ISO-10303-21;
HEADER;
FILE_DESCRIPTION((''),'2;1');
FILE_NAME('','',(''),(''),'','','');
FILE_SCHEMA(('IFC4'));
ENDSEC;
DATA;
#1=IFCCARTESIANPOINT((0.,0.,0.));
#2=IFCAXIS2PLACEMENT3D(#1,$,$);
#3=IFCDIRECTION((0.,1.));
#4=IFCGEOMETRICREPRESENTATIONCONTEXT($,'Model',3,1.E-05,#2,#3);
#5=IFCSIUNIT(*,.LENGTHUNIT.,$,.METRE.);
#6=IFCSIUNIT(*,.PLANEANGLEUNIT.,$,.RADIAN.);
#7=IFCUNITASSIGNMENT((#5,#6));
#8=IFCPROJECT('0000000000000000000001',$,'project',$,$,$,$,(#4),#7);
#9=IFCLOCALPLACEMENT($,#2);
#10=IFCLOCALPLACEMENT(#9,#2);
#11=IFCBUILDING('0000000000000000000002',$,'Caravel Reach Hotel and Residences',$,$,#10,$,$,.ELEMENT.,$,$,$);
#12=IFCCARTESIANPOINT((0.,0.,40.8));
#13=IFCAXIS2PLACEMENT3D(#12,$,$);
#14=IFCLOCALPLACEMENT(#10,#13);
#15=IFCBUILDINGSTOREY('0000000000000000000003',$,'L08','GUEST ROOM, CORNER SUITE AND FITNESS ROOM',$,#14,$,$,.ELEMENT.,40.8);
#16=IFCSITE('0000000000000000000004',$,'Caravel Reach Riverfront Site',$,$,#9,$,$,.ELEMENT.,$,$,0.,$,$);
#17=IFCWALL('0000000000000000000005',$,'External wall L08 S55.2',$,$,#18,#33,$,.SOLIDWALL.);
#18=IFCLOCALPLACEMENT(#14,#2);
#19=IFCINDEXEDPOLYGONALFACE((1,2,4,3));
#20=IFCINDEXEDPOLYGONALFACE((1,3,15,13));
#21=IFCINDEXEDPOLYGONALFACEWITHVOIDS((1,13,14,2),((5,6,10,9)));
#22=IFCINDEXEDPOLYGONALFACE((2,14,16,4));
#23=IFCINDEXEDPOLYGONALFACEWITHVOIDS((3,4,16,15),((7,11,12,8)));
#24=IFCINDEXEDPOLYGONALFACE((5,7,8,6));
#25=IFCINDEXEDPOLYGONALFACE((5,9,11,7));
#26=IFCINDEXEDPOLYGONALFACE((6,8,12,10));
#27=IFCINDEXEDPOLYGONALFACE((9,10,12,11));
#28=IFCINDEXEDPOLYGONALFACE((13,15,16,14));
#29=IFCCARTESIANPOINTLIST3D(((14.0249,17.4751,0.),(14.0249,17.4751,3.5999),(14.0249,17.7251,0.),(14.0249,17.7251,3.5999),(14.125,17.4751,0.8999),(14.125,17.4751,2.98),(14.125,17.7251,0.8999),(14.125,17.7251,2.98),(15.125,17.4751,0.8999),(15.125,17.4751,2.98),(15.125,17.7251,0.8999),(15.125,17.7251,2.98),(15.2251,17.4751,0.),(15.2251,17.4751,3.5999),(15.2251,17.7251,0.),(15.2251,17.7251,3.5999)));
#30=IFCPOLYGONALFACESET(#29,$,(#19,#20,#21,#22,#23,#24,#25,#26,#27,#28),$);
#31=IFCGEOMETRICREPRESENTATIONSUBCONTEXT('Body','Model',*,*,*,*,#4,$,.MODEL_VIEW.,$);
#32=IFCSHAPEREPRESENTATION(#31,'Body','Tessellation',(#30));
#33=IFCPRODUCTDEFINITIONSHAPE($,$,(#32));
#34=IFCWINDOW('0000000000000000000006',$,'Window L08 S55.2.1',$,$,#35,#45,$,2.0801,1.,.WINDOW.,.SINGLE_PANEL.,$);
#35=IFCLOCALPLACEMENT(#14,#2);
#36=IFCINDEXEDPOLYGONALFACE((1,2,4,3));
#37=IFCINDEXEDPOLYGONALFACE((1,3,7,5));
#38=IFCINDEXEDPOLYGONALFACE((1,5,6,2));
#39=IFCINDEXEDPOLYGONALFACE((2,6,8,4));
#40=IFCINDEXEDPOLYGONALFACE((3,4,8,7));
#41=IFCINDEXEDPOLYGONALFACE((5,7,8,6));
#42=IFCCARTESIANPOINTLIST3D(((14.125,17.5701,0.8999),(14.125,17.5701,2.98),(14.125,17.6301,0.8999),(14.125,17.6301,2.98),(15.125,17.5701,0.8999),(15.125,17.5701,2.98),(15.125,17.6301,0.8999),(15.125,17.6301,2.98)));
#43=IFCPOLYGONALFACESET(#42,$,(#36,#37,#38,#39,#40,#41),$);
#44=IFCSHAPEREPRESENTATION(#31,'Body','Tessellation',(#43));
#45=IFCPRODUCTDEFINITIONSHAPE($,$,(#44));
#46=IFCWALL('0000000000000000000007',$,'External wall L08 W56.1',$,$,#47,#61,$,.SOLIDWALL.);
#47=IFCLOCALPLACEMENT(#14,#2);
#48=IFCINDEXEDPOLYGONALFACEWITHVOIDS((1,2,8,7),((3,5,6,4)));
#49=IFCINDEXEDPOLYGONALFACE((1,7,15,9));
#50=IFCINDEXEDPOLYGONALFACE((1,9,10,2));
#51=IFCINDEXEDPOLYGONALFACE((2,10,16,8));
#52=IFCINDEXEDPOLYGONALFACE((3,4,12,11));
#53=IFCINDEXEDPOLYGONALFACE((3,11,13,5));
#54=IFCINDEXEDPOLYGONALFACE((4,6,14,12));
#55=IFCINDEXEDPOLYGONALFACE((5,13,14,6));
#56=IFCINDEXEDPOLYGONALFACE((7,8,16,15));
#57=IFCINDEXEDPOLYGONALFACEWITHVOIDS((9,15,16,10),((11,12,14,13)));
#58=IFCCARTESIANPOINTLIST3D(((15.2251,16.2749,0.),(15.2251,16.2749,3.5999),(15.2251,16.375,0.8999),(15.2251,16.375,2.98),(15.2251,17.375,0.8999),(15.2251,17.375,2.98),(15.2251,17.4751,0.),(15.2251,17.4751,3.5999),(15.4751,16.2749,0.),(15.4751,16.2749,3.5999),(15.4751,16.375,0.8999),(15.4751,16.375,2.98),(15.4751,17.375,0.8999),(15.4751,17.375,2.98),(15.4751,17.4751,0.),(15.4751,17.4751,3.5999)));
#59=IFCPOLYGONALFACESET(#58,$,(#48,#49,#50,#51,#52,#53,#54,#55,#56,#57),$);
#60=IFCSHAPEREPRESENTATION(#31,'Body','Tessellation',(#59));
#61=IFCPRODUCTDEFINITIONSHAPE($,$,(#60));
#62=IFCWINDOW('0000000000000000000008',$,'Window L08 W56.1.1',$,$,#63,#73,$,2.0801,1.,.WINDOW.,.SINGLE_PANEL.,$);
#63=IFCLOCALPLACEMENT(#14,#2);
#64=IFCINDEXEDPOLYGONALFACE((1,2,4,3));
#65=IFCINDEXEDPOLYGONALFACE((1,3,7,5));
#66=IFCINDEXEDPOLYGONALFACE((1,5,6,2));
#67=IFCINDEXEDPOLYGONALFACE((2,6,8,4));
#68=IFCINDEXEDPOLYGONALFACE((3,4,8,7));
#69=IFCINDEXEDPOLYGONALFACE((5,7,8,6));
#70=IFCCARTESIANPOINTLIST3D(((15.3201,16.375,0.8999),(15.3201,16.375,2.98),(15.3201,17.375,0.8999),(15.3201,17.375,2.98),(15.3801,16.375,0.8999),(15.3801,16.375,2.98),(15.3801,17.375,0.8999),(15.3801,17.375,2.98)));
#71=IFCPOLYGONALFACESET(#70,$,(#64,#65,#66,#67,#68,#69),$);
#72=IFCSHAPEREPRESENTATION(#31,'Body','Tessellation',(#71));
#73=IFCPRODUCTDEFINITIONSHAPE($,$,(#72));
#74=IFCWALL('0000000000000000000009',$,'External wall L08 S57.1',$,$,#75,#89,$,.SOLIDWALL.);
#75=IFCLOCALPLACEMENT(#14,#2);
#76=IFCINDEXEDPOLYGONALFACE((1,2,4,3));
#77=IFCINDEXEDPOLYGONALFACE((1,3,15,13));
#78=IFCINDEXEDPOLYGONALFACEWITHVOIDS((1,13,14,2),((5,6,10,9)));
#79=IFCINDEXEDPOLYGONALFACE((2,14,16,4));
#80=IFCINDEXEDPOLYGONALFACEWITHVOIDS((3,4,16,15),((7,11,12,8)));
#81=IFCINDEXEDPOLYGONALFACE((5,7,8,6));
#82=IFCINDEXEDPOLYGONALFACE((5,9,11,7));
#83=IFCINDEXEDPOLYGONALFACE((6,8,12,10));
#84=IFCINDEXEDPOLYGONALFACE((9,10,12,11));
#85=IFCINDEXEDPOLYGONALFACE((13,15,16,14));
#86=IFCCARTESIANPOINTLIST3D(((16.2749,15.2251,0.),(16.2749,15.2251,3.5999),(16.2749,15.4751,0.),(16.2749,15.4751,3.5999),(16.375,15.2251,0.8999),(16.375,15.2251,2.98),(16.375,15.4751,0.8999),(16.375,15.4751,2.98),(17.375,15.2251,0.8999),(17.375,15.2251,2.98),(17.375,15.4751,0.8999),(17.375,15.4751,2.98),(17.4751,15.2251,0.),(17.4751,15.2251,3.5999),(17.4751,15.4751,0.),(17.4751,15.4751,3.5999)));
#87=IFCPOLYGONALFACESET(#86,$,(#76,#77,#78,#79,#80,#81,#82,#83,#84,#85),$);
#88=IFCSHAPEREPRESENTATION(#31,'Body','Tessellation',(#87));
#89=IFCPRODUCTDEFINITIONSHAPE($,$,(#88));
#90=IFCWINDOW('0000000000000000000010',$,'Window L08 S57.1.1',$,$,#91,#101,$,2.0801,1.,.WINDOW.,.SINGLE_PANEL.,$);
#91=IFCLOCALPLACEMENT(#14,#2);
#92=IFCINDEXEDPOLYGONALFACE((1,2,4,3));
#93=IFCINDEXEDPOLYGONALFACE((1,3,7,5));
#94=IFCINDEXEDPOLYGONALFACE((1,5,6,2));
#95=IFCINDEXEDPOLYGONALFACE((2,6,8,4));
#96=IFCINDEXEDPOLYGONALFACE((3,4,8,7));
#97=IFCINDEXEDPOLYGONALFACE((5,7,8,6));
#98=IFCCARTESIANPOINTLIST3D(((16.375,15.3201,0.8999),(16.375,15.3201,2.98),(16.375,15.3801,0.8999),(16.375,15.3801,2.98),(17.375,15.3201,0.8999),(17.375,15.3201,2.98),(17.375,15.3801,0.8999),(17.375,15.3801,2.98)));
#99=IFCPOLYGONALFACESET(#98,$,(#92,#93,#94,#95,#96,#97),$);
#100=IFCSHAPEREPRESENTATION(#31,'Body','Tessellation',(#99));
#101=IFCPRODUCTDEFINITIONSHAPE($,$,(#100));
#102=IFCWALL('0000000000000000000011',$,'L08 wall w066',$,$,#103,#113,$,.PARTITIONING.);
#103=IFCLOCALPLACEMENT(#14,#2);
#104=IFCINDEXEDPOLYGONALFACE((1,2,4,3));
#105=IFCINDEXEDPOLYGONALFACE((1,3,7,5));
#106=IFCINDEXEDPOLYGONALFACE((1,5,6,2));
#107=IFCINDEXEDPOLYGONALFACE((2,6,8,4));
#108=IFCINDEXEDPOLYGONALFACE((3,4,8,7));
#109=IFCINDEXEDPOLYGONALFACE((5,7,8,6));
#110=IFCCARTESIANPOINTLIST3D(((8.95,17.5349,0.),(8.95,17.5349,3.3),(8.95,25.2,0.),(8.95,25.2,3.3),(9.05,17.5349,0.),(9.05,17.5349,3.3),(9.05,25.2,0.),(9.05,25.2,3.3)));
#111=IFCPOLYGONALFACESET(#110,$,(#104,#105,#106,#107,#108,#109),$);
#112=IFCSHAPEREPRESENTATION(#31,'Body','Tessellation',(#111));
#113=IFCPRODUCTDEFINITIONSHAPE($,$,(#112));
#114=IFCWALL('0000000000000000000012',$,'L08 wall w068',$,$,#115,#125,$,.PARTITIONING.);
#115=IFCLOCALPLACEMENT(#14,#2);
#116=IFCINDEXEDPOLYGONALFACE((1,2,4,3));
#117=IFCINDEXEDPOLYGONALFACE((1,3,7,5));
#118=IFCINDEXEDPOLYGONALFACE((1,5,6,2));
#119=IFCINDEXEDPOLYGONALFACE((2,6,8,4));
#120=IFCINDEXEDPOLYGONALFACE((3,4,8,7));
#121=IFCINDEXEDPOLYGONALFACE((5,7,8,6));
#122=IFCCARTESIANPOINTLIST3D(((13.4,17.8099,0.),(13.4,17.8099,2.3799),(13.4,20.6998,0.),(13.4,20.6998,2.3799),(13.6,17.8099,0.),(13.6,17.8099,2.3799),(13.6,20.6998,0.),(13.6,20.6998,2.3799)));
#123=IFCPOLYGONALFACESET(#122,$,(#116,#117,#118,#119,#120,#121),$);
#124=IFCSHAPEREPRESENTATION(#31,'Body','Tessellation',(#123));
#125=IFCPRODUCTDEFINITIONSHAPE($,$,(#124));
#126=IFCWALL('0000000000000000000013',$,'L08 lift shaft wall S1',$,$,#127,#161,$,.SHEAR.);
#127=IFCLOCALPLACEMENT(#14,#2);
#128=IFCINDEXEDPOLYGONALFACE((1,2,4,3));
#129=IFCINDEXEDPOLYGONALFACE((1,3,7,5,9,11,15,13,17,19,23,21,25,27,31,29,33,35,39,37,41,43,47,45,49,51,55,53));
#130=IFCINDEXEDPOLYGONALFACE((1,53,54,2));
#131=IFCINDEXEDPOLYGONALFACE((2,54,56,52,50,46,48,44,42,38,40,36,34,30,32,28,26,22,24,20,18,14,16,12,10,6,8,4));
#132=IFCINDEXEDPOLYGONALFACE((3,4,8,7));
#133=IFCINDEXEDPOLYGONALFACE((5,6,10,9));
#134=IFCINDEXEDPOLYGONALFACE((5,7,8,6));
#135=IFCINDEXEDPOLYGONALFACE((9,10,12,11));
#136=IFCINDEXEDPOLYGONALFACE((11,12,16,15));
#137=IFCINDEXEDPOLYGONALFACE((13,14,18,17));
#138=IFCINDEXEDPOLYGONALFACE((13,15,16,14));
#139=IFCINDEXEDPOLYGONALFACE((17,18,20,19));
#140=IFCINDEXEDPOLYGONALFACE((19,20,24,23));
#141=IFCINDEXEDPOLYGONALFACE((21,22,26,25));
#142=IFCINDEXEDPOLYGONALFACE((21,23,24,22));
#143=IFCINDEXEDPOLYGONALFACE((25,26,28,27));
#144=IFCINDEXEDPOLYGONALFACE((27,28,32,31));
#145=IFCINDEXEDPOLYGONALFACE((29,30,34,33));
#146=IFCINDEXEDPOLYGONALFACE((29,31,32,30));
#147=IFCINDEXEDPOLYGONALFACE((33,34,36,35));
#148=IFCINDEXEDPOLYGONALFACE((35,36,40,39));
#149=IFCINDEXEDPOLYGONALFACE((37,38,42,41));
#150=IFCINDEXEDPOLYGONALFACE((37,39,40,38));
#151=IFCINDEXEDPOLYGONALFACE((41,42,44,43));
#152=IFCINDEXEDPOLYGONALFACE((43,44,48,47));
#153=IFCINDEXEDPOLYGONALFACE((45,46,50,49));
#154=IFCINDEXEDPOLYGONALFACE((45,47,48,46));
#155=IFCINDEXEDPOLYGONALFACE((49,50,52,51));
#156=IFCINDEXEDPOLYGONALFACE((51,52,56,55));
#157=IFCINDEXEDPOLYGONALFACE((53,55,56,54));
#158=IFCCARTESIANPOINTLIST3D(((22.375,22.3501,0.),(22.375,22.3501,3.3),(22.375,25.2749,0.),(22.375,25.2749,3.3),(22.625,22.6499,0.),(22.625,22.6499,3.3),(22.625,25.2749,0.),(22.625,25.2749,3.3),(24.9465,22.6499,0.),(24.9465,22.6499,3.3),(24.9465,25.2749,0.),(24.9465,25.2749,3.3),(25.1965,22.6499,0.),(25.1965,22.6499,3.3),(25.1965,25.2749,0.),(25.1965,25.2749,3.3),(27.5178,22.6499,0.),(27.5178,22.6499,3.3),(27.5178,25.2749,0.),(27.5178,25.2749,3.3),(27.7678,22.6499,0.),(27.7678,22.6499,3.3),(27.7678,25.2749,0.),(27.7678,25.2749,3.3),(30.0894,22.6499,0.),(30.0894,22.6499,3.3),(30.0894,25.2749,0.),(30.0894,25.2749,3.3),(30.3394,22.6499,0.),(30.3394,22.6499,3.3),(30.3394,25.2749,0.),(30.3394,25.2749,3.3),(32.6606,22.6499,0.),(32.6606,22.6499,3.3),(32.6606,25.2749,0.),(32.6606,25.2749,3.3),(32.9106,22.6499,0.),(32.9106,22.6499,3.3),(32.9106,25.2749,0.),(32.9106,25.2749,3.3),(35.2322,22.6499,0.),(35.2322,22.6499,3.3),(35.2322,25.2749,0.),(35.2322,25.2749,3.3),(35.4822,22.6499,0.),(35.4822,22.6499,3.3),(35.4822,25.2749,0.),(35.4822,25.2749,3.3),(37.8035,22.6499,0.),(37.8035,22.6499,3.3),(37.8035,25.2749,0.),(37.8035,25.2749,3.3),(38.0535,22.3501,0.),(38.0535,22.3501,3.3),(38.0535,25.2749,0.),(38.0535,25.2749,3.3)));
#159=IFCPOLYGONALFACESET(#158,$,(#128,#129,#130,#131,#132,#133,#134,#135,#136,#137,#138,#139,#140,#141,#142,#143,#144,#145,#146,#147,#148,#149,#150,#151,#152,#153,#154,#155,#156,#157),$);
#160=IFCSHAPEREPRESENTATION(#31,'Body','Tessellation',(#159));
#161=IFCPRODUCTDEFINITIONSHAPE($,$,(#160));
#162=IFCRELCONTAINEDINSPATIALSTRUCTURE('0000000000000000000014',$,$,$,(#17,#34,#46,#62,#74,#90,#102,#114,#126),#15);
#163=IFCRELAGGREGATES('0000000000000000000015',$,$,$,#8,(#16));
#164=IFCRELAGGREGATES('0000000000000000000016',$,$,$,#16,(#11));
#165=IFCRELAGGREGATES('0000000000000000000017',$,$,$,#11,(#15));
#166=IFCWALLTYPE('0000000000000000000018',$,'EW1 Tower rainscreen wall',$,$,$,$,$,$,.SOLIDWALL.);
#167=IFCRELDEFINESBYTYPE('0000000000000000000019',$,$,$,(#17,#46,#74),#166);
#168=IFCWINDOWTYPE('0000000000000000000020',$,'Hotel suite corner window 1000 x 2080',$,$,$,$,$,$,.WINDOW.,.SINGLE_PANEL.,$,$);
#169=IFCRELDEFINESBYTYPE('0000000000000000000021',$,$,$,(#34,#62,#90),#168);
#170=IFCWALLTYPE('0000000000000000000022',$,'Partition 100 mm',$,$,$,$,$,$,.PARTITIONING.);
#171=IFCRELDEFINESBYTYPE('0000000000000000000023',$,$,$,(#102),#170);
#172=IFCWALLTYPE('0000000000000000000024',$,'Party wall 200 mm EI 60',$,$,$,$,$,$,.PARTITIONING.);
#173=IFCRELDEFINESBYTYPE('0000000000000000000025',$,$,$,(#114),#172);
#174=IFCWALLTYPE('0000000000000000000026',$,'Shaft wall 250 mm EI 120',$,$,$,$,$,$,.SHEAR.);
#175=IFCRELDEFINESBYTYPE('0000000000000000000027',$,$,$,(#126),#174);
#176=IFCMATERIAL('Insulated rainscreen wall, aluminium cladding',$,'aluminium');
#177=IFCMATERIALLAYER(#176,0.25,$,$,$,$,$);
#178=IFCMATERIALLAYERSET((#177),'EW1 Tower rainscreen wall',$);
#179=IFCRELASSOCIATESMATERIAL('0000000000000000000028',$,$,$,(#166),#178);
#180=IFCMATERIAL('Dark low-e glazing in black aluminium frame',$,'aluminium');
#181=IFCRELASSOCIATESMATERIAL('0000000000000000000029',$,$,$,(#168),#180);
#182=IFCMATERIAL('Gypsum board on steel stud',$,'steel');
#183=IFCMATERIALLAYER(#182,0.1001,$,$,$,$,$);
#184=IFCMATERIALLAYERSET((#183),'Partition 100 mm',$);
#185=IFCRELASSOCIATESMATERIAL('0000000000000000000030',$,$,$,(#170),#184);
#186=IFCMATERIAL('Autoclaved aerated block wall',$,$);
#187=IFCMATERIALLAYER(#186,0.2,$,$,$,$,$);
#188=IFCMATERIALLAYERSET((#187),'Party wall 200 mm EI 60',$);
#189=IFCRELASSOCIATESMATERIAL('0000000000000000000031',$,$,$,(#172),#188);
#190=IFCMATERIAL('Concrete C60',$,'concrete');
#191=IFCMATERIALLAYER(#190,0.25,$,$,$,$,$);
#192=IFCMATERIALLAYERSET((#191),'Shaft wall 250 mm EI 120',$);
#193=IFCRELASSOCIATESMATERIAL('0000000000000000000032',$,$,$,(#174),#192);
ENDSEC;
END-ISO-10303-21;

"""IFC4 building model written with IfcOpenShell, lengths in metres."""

from ifc_helpers import new_model, si_unit, direction, frame, frame_2d, origin, place, context, subcontext, project, spatial, polyline, rectangle, outline, extrude, material, layer, layer_set, type_object, element, fill, save


model = new_model("IFC4")

# Units and contexts
model_context = context("Model", 3, precision=1e-05, world=origin(), true_north=direction((0.0, 1.0)))
body_context = subcontext(model_context, "Body", "Model", "MODEL_VIEW")
ifc_project = project(units=[si_unit("LENGTHUNIT", "METRE"), si_unit("PLANEANGLEUNIT", "RADIAN")], contexts=[model_context])

# Site, building, storey
site_placement = place(None, origin())
site = spatial("IfcSite", under=ifc_project, at=site_placement, Name="Caravel Reach Riverfront Site", CompositionType="ELEMENT", RefElevation=0.0)
building_placement = place(site_placement, origin())
building = spatial("IfcBuilding", under=site, at=building_placement, Name="Caravel Reach Hotel and Residences", CompositionType="ELEMENT")
storey_placement = place(building_placement, frame((0.0, 0.0, 40.8)))
storey = spatial("IfcBuildingStorey", under=building, at=storey_placement, Name="L08", Description="GUEST ROOM, CORNER SUITE AND FITNESS ROOM", CompositionType="ELEMENT", Elevation=40.8)

# Shared definitions
ifc_material_1 = material(Name="Insulated rainscreen wall, aluminium cladding", Category="aluminium")
ifc_layer_1 = layer(ifc_material_1, 0.25)
ifc_layer_set_1 = layer_set([ifc_layer_1], Name="EW1 Tower rainscreen wall")
wall_type_1 = type_object("IfcWallType", Name="EW1 Tower rainscreen wall", PredefinedType="SOLIDWALL", material=ifc_layer_set_1)

# Walls, openings, windows
wall_1_placement = place(storey_placement, frame((14.0249, 17.6001, 0.0), z_axis=(0.0, 0.0, 1.0), x_axis=(1.0, 0.0, 0.0)))
wall_1 = element("IfcWall", 1, at=wall_1_placement, inside=storey, type_object=wall_type_1, Name="External wall L08 S55.2", PredefinedType="SOLIDWALL", context=body_context, shape_type="SweptSolid", body=[
    extrude(rectangle(XDim=1.2002, YDim=0.25, at=frame_2d((0.6001, 0.0))), origin(), (0.0, 0.0, 1.0), 3.5999),
])
opening_1_placement = place(wall_1_placement, frame((0.1001, 0.0, 0.8999)))
opening_1 = element("IfcOpeningElement", 2, at=opening_1_placement, cuts=wall_1, PredefinedType="OPENING", context=body_context, shape_type="SweptSolid", body=[
    extrude(rectangle(XDim=1.0, YDim=2.0801, at=frame_2d((0.5, 1.04))), frame((0.0, 0.135, 0.0), z_axis=(0.0, -1.0, 0.0), x_axis=(1.0, 0.0, 0.0)), (0.0, 0.0, 1.0), 0.27),
])
ifc_material_2 = material(Name="Dark low-e glazing in black aluminium frame", Category="aluminium")
window_type_1 = type_object("IfcWindowType", Name="Hotel suite corner window 1000 x 2080", PartitioningType="SINGLE_PANEL", PredefinedType="WINDOW", material=ifc_material_2)
window_1_placement = place(opening_1_placement, origin())
window_1 = element("IfcWindow", 3, at=window_1_placement, inside=storey, type_object=window_type_1, Name="Window L08 S55.2.1", OverallHeight=2.0801, OverallWidth=1.0, PartitioningType="SINGLE_PANEL", PredefinedType="WINDOW", context=body_context, shape_type="SweptSolid", body=[
    extrude(rectangle(XDim=1.0, YDim=2.0801, at=frame_2d((0.5, 1.04))), frame((0.0, 0.03, 0.0), z_axis=(0.0, -1.0, 0.0), x_axis=(1.0, 0.0, 0.0)), (0.0, 0.0, 1.0), 0.0601),
])
fill(opening_1, window_1)
wall_2_placement = place(storey_placement, frame((15.3501, 17.4751, 0.0), z_axis=(0.0, 0.0, 1.0), x_axis=(0.0, -1.0, 0.0)))
wall_2 = element("IfcWall", 4, at=wall_2_placement, inside=storey, type_object=wall_type_1, Name="External wall L08 W56.1", PredefinedType="SOLIDWALL", context=body_context, shape_type="SweptSolid", body=[
    extrude(rectangle(XDim=1.2002, YDim=0.25, at=frame_2d((0.6001, 0.0))), origin(), (0.0, 0.0, 1.0), 3.5999),
])
opening_2_placement = place(wall_2_placement, frame((0.1001, 0.0, 0.8999)))
opening_2 = element("IfcOpeningElement", 5, at=opening_2_placement, cuts=wall_2, PredefinedType="OPENING", context=body_context, shape_type="SweptSolid", body=[
    extrude(rectangle(XDim=1.0, YDim=2.0801, at=frame_2d((0.5, 1.04))), frame((0.0, 0.135, 0.0), z_axis=(0.0, -1.0, 0.0), x_axis=(1.0, 0.0, 0.0)), (0.0, 0.0, 1.0), 0.27),
])
window_2_placement = place(opening_2_placement, origin())
window_2 = element("IfcWindow", 6, at=window_2_placement, inside=storey, type_object=window_type_1, Name="Window L08 W56.1.1", OverallHeight=2.0801, OverallWidth=1.0, PartitioningType="SINGLE_PANEL", PredefinedType="WINDOW", context=body_context, shape_type="SweptSolid", body=[
    extrude(rectangle(XDim=1.0, YDim=2.0801, at=frame_2d((0.5, 1.04))), frame((0.0, 0.03, 0.0), z_axis=(0.0, -1.0, 0.0), x_axis=(1.0, 0.0, 0.0)), (0.0, 0.0, 1.0), 0.0601),
])
fill(opening_2, window_2)
wall_3_placement = place(storey_placement, frame((16.2749, 15.3501, 0.0), z_axis=(0.0, 0.0, 1.0), x_axis=(1.0, 0.0, 0.0)))
wall_3 = element("IfcWall", 7, at=wall_3_placement, inside=storey, type_object=wall_type_1, Name="External wall L08 S57.1", PredefinedType="SOLIDWALL", context=body_context, shape_type="SweptSolid", body=[
    extrude(rectangle(XDim=1.2002, YDim=0.25, at=frame_2d((0.6001, 0.0))), origin(), (0.0, 0.0, 1.0), 3.5999),
])
opening_3_placement = place(wall_3_placement, frame((0.1001, 0.0, 0.8999)))
opening_3 = element("IfcOpeningElement", 8, at=opening_3_placement, cuts=wall_3, PredefinedType="OPENING", context=body_context, shape_type="SweptSolid", body=[
    extrude(rectangle(XDim=1.0, YDim=2.0801, at=frame_2d((0.5, 1.04))), frame((0.0, 0.135, 0.0), z_axis=(0.0, -1.0, 0.0), x_axis=(1.0, 0.0, 0.0)), (0.0, 0.0, 1.0), 0.27),
])
window_3_placement = place(opening_3_placement, origin())
window_3 = element("IfcWindow", 9, at=window_3_placement, inside=storey, type_object=window_type_1, Name="Window L08 S57.1.1", OverallHeight=2.0801, OverallWidth=1.0, PartitioningType="SINGLE_PANEL", PredefinedType="WINDOW", context=body_context, shape_type="SweptSolid", body=[
    extrude(rectangle(XDim=1.0, YDim=2.0801, at=frame_2d((0.5, 1.04))), frame((0.0, 0.03, 0.0), z_axis=(0.0, -1.0, 0.0), x_axis=(1.0, 0.0, 0.0)), (0.0, 0.0, 1.0), 0.0601),
])
fill(opening_3, window_3)

# Walls
ifc_material_3 = material(Name="Gypsum board on steel stud", Category="steel")
ifc_layer_2 = layer(ifc_material_3, 0.1001)
ifc_layer_set_2 = layer_set([ifc_layer_2], Name="Partition 100 mm")
wall_type_2 = type_object("IfcWallType", Name="Partition 100 mm", PredefinedType="PARTITIONING", material=ifc_layer_set_2)
wall_4_placement = place(storey_placement, frame((9.0, 17.5349, 0.0), z_axis=(0.0, 0.0, 1.0), x_axis=(0.0, 1.0, 0.0)))
element("IfcWall", 10, at=wall_4_placement, inside=storey, type_object=wall_type_2, Name="L08 wall w066", PredefinedType="PARTITIONING", context=body_context, shape_type="SweptSolid", body=[
    extrude(rectangle(XDim=7.665, YDim=0.1001, at=frame_2d((3.8325, 0.0))), origin(), (0.0, 0.0, 1.0), 3.3),
])
ifc_material_4 = material(Name="Autoclaved aerated block wall")
ifc_layer_3 = layer(ifc_material_4, 0.2)
ifc_layer_set_3 = layer_set([ifc_layer_3], Name="Party wall 200 mm EI 60")
wall_type_3 = type_object("IfcWallType", Name="Party wall 200 mm EI 60", PredefinedType="PARTITIONING", material=ifc_layer_set_3)
wall_5_placement = place(storey_placement, frame((13.5, 17.8101, 0.0), z_axis=(0.0, 0.0, 1.0), x_axis=(0.0, 1.0, 0.0)))
element("IfcWall", 11, at=wall_5_placement, inside=storey, type_object=wall_type_3, Name="L08 wall w068", PredefinedType="PARTITIONING", context=body_context, shape_type="SweptSolid", body=[
    extrude(rectangle(XDim=2.8899, YDim=0.2, at=frame_2d((1.4448, 0.0))), origin(), (0.0, 0.0, 1.0), 2.3799),
])
ifc_material_5 = material(Name="Concrete C60", Category="concrete")
ifc_layer_4 = layer(ifc_material_5, 0.25)
ifc_layer_set_4 = layer_set([ifc_layer_4], Name="Shaft wall 250 mm EI 120")
wall_type_4 = type_object("IfcWallType", Name="Shaft wall 250 mm EI 120", PredefinedType="SHEAR", material=ifc_layer_set_4)
wall_6_placement = place(storey_placement, origin())
element("IfcWall", 12, at=wall_6_placement, inside=storey, type_object=wall_type_4, Name="L08 lift shaft wall S1", PredefinedType="SHEAR", context=body_context, shape_type="SweptSolid", body=[
    extrude(outline(polyline([(22.375, 22.3501), (38.0535, 22.3501), (38.0535, 25.2749), (37.8035, 25.2749), (37.8035, 22.6499), (35.4822, 22.6499), (35.4822, 25.2749), (35.2322, 25.2749), (35.2322, 22.6499), (32.9106, 22.6499), (32.9106, 25.2749), (32.6606, 25.2749), (32.6606, 22.6499), (30.3394, 22.6499), (30.3394, 25.2749), (30.0894, 25.2749), (30.0894, 22.6499), (27.7678, 22.6499), (27.7678, 25.2749), (27.5178, 25.2749), (27.5178, 22.6499), (25.1965, 22.6499), (25.1965, 25.2749), (24.9465, 25.2749), (24.9465, 22.6499), (22.625, 22.6499), (22.625, 25.2749), (22.375, 25.2749), (22.375, 22.3501)])), origin(), (0.0, 0.0, 1.0), 3.3),
])

save(model, "model.ifc")
